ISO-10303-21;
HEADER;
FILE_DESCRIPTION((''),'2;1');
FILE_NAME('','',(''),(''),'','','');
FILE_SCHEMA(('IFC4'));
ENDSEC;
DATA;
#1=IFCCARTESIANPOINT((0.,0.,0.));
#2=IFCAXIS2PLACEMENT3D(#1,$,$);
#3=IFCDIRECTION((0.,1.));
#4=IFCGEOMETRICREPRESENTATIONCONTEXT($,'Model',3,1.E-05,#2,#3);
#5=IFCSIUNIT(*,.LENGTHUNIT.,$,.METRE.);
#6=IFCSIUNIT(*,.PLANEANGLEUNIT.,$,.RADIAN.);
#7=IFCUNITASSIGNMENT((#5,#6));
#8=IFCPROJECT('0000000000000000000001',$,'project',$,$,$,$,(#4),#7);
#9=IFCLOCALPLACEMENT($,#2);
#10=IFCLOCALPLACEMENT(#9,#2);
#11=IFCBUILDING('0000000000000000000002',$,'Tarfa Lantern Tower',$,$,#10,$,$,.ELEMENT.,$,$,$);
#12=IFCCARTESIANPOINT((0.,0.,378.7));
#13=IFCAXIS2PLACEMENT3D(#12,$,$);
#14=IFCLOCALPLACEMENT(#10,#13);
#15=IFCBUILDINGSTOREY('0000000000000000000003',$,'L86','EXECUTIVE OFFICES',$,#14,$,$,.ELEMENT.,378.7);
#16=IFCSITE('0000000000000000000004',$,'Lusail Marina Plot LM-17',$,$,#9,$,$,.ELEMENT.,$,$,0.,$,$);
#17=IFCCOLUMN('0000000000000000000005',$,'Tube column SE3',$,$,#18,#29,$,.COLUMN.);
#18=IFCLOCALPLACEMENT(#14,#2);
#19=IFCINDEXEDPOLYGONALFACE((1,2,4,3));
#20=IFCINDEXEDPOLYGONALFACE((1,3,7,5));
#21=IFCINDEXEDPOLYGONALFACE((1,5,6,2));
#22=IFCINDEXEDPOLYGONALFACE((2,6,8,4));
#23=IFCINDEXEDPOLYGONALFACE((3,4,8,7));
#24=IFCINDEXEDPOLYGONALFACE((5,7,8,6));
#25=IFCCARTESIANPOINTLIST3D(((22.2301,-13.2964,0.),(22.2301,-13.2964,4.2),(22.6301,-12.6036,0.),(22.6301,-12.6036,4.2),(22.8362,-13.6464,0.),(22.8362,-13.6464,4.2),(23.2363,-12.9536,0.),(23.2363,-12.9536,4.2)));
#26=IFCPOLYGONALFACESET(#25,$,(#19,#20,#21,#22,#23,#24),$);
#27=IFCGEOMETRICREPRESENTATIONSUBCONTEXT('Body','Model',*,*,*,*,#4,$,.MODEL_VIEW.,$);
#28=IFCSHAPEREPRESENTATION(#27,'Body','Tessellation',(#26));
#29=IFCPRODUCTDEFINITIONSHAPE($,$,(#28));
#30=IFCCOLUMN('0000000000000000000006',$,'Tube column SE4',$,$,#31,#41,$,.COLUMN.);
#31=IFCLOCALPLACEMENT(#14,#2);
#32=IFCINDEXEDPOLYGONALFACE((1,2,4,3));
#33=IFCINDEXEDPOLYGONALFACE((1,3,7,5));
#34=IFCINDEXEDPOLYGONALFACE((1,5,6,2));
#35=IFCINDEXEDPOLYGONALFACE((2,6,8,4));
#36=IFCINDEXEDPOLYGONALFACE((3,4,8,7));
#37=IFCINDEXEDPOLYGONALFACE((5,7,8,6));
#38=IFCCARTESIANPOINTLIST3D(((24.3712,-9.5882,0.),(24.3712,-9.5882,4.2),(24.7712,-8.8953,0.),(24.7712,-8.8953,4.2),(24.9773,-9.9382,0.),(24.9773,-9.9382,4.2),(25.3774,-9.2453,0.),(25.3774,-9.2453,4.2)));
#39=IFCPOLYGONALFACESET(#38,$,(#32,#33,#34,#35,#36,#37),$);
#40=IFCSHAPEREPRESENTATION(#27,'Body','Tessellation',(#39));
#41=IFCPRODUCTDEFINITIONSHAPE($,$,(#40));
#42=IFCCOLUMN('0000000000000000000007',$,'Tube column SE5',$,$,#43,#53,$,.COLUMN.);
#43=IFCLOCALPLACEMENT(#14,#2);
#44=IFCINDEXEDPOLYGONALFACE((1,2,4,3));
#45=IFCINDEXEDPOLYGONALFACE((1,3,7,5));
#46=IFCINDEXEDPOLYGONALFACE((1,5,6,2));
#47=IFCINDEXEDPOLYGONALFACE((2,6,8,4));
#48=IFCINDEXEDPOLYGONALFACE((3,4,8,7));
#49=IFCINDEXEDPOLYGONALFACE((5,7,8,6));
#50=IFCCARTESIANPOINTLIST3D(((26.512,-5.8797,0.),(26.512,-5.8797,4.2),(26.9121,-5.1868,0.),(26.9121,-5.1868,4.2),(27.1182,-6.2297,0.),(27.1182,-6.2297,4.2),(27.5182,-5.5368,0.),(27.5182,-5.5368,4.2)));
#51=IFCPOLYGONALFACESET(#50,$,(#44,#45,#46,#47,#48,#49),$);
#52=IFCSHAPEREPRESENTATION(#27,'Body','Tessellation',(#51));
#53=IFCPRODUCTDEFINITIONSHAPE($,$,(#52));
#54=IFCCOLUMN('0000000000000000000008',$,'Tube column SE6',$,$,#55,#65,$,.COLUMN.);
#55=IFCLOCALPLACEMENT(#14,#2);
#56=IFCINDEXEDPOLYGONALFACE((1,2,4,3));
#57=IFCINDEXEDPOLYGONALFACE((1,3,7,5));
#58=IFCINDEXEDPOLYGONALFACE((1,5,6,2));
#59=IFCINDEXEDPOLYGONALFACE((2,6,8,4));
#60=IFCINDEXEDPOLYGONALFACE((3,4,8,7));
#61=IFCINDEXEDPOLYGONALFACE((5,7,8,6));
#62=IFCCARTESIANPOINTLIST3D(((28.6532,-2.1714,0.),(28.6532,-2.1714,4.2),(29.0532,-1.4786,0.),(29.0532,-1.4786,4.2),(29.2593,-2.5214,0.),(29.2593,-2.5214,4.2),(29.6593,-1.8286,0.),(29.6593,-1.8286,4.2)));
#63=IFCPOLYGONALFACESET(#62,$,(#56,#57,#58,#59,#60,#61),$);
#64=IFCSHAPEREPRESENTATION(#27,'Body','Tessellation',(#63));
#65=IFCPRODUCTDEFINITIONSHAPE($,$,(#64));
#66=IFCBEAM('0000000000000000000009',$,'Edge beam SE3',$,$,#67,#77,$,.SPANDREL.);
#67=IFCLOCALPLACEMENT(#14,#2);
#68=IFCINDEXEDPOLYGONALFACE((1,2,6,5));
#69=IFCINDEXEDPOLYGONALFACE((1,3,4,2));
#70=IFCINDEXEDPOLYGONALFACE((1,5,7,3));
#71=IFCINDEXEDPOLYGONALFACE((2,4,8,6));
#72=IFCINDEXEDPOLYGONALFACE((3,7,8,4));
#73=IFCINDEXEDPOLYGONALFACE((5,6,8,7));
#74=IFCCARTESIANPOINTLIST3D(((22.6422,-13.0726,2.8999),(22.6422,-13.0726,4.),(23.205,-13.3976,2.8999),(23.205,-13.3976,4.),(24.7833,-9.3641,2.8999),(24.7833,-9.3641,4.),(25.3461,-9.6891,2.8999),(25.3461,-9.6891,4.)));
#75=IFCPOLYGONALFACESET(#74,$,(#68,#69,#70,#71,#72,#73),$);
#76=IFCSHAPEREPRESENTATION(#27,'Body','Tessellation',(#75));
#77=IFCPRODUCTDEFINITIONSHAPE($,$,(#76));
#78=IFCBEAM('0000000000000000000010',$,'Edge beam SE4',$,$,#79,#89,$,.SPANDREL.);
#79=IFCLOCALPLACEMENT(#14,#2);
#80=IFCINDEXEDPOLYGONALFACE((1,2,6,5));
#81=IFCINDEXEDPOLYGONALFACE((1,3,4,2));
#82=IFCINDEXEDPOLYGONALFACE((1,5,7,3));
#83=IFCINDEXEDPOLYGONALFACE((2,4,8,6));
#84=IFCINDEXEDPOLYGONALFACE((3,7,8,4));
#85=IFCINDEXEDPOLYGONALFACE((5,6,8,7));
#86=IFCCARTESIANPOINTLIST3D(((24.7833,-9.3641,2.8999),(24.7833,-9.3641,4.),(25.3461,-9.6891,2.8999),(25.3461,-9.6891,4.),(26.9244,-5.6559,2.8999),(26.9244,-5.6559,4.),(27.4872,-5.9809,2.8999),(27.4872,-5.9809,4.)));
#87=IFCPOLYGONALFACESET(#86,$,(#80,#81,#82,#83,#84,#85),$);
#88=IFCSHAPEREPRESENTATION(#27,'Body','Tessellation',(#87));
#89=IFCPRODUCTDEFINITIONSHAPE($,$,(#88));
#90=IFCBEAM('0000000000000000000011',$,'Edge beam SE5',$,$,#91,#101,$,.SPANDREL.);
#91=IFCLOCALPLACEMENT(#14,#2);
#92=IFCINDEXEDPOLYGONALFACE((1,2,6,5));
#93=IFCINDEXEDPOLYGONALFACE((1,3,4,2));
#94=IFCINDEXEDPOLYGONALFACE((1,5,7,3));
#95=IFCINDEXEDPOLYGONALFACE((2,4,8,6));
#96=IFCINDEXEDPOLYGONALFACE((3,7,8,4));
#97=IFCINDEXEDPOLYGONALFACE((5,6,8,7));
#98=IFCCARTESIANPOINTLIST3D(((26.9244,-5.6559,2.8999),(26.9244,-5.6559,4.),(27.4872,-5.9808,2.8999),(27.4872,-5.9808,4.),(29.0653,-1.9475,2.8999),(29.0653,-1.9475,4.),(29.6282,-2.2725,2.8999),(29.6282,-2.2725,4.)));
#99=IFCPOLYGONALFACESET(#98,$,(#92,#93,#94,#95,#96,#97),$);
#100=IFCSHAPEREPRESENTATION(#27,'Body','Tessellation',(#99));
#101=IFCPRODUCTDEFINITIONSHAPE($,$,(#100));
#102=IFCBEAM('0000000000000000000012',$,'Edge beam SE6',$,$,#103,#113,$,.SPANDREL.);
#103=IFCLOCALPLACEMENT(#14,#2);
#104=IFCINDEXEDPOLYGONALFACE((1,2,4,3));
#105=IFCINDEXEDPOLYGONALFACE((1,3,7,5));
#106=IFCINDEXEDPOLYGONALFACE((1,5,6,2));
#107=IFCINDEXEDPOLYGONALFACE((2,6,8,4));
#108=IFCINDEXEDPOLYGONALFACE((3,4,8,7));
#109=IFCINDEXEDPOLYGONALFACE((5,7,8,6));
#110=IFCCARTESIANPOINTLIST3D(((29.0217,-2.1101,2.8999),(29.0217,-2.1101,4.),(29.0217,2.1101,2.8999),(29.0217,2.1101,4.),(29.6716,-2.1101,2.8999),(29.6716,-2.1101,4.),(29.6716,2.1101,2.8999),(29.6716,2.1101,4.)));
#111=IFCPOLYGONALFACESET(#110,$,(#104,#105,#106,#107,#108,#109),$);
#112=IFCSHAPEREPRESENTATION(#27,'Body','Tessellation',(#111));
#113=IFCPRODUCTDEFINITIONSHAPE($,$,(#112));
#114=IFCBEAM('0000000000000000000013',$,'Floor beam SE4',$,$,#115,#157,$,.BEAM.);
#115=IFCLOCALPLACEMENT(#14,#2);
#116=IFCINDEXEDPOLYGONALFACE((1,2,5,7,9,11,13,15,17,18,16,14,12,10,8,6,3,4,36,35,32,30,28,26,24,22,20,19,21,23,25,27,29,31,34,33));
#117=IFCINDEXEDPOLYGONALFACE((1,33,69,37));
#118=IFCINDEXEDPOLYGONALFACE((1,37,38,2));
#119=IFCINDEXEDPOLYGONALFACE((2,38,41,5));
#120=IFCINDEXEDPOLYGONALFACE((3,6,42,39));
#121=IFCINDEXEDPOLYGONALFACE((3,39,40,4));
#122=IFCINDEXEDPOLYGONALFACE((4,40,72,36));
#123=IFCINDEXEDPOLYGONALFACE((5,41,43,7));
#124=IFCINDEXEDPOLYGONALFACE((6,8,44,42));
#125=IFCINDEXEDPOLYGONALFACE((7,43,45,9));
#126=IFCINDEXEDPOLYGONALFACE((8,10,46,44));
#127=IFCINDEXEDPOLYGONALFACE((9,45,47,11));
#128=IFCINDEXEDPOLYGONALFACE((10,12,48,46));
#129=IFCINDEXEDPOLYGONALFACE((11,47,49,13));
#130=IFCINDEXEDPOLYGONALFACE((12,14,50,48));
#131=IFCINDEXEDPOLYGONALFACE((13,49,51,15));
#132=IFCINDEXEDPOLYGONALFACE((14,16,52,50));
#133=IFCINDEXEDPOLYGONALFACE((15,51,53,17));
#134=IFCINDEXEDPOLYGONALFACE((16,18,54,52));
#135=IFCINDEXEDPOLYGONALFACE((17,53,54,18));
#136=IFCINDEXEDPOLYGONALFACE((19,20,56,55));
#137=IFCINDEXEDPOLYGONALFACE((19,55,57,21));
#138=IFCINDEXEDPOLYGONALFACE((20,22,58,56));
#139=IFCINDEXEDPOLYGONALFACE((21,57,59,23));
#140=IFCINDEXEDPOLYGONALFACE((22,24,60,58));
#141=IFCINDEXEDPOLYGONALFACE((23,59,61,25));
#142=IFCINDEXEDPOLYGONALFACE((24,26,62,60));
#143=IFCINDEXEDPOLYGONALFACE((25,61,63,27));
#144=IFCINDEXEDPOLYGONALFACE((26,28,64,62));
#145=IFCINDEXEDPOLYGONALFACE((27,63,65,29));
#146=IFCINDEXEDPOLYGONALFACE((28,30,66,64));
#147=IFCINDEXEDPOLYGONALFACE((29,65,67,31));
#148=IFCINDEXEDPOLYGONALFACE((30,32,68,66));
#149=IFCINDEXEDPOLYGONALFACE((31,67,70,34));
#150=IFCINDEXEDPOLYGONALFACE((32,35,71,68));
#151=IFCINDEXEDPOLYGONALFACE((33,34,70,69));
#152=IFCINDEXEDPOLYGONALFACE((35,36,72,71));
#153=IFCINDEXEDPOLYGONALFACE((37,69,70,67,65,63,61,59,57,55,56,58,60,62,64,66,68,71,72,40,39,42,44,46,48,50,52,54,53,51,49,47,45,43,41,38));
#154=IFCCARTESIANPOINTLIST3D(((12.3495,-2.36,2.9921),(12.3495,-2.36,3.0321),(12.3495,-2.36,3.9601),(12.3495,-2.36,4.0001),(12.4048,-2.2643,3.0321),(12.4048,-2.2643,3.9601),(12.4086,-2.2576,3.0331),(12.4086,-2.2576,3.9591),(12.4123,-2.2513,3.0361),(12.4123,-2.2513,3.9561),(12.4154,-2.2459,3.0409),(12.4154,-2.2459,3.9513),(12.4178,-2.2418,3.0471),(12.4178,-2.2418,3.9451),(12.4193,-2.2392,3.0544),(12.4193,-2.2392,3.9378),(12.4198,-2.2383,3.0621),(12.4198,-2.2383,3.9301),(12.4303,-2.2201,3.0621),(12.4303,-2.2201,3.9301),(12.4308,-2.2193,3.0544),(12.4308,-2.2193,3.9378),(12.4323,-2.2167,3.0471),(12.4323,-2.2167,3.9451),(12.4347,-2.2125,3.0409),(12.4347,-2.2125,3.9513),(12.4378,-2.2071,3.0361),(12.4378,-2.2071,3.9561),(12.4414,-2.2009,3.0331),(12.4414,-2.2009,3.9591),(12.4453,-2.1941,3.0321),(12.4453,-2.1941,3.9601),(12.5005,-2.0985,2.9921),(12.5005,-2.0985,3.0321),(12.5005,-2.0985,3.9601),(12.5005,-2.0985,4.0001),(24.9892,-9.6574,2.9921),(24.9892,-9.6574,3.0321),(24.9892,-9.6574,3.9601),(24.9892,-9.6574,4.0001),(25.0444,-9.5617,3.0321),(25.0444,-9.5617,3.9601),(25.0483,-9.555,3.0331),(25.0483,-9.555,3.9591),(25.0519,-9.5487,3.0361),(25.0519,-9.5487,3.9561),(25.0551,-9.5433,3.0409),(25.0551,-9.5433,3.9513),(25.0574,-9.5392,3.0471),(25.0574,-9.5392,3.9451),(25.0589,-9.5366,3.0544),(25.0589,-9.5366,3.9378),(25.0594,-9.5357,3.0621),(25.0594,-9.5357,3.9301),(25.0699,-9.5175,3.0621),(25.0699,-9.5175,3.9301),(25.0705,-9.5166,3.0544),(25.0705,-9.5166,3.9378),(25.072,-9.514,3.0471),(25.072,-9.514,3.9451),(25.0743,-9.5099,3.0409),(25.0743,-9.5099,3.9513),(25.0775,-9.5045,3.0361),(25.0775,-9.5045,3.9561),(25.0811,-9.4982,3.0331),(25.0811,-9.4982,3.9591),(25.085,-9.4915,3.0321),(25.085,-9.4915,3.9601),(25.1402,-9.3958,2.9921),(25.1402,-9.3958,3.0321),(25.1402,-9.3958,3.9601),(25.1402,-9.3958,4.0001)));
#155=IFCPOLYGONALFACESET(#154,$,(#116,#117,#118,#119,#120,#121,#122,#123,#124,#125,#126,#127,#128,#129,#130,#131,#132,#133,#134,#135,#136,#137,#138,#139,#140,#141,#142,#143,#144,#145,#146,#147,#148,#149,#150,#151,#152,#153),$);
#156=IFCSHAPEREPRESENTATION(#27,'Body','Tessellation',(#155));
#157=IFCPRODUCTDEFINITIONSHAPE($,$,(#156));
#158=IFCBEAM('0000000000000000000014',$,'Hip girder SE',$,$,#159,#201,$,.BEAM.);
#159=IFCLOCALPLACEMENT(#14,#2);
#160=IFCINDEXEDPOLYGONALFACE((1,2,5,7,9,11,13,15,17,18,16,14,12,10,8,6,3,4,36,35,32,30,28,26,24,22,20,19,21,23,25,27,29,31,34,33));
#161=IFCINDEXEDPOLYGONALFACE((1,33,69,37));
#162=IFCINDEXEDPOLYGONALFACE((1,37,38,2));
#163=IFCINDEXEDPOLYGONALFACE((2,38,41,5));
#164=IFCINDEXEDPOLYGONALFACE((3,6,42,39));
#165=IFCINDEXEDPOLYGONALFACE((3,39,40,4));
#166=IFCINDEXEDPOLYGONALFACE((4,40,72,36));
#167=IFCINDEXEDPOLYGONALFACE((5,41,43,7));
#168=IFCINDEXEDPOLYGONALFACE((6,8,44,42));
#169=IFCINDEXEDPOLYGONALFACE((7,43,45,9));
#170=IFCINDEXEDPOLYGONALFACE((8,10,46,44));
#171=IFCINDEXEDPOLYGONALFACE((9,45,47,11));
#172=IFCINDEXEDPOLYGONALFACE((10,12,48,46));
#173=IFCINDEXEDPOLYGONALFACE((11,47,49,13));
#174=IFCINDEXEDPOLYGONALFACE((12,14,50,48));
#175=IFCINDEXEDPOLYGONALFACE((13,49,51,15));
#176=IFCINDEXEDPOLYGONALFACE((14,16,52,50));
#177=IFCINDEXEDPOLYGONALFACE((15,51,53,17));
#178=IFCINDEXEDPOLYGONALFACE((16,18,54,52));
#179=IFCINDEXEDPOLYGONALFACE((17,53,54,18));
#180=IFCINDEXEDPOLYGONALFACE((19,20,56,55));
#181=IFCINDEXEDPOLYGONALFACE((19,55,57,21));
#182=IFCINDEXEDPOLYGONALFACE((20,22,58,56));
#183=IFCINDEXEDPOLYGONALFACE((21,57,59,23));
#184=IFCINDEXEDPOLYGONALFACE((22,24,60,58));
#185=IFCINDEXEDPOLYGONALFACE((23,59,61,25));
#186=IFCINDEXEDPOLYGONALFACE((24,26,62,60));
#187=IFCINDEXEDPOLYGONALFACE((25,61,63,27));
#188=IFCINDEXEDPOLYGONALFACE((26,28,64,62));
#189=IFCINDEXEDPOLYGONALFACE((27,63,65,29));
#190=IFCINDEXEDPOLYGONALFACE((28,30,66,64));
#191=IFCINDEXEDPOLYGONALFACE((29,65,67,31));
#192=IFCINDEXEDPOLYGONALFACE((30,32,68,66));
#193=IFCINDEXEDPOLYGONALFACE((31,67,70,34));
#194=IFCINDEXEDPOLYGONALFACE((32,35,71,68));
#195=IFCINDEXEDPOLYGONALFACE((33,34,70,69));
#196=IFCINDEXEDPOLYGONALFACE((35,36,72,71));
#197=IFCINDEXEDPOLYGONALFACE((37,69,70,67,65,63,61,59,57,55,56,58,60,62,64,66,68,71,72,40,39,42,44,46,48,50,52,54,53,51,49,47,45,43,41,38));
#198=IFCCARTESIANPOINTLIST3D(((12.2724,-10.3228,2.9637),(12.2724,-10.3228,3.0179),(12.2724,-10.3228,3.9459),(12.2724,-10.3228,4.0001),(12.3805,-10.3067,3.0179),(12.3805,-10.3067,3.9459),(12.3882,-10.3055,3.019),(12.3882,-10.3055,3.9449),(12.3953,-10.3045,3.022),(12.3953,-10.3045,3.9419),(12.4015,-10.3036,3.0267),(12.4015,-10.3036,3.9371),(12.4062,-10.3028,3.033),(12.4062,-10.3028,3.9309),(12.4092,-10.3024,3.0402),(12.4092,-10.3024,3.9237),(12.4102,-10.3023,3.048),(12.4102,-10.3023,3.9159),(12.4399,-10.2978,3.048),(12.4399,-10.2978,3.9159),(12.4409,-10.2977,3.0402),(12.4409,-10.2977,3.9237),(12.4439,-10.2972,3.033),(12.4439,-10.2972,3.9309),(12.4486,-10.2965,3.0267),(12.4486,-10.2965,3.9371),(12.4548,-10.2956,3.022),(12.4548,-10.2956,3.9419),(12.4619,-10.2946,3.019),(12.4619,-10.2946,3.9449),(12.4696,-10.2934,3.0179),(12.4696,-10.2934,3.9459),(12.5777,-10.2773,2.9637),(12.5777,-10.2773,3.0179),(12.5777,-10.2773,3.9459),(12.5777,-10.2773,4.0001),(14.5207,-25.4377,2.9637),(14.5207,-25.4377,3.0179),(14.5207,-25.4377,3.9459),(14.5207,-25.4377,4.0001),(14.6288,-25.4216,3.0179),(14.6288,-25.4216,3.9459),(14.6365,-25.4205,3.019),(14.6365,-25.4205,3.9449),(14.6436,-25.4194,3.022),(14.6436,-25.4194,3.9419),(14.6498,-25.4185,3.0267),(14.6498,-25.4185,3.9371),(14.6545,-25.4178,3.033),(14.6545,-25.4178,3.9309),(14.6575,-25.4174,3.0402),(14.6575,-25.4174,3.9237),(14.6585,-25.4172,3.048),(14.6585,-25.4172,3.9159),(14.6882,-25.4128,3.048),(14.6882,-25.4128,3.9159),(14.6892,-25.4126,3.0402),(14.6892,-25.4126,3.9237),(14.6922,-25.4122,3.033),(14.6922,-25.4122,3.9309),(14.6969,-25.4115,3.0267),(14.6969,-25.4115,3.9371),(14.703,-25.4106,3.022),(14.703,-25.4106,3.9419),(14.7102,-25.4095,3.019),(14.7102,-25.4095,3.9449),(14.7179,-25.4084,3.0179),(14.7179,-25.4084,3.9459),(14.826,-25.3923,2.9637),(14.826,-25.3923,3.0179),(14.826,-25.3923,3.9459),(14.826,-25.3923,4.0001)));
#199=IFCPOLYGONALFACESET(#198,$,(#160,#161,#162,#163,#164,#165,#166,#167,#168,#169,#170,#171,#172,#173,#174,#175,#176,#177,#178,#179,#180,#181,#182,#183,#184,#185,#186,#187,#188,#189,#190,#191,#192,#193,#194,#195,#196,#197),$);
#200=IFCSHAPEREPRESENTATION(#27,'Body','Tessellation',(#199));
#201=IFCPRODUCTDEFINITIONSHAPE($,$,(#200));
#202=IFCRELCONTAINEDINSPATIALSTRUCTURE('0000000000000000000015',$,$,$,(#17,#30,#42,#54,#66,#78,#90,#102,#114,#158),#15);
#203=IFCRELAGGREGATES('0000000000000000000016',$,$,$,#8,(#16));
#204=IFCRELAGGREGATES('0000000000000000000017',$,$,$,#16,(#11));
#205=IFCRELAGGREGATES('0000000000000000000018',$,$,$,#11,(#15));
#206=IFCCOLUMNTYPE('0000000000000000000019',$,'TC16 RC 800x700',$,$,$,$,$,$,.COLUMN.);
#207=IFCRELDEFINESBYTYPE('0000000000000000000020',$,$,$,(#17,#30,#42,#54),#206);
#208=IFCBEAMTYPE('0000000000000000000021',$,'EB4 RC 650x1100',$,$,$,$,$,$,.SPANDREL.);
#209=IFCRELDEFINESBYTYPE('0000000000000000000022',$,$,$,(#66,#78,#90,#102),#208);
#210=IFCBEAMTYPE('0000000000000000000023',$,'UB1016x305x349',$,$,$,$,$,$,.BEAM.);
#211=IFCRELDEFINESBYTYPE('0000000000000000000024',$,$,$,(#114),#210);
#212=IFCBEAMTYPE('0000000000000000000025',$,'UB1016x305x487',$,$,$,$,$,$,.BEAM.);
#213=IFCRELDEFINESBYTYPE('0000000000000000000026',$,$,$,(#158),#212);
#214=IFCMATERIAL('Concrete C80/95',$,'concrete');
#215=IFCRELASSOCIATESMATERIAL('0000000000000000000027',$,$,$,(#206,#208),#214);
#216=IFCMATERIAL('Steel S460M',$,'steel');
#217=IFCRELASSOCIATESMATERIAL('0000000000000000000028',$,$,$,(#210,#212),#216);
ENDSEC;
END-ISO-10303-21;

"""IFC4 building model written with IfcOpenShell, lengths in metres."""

from ifc_helpers import new_model, si_unit, direction, frame, origin, origin_2d, place, context, subcontext, project, spatial, rectangle, i_section, extrude, material, material_profile, profile_set, type_object, element, save


model = new_model("IFC4")

# Units and contexts
model_context = context("Model", 3, precision=1e-05, world=origin(), true_north=direction((0.0, 1.0)))
body_context = subcontext(model_context, "Body", "Model", "MODEL_VIEW")
ifc_project = project(units=[si_unit("LENGTHUNIT", "METRE"), si_unit("PLANEANGLEUNIT", "RADIAN")], contexts=[model_context])

# Site, building, storey
site_placement = place(None, origin())
site = spatial("IfcSite", under=ifc_project, at=site_placement, Name="Lusail Marina Plot LM-17", CompositionType="ELEMENT", RefElevation=0.0)
building_placement = place(site_placement, origin())
building = spatial("IfcBuilding", under=site, at=building_placement, Name="Tarfa Lantern Tower", CompositionType="ELEMENT")
storey_placement = place(building_placement, frame((0.0, 0.0, 378.7)))
storey = spatial("IfcBuildingStorey", under=building, at=storey_placement, Name="L86", Description="EXECUTIVE OFFICES", CompositionType="ELEMENT", Elevation=378.7)

# Columns
ifc_material_1 = material(Name="Concrete C80/95", Category="concrete")
ifc_material_profile_1 = material_profile(ifc_material_1, rectangle(XDim=0.8, YDim=0.7, at=origin_2d()), Name="RC 800x700")
ifc_profile_set_1 = profile_set([ifc_material_profile_1], Name="Concrete C80/95")
column_type = type_object("IfcColumnType", Name="TC16 RC 800x700", PredefinedType="COLUMN", material=ifc_profile_set_1)
for number, where, z_axis, x_axis, name in (
    (1, (22.7332, -13.125, 0.0), (0.0, 0.0, 1.0), (0.5, 0.866025, 0.0), "Tube column SE3"),
    (2, (24.8743, -9.4167, 0.0), (0.0, 0.0, 1.0), (0.5, 0.866025, 0.0), "Tube column SE4"),
    (3, (27.0151, -5.7083, 0.0), (0.0, 0.0, 1.0), (0.5, 0.866025, 0.0), "Tube column SE5"),
    (4, (29.1562, -2.0, 0.0), (0.0, 0.0, 1.0), (0.5, 0.866025, 0.0), "Tube column SE6"),
):
    element("IfcColumn", number, at=place(storey_placement, frame(where, z_axis=z_axis, x_axis=x_axis)), inside=storey, type_object=column_type, Name=name, PredefinedType="COLUMN", context=body_context, shape_type="SweptSolid", body=[
        extrude(rectangle(XDim=0.8, YDim=0.7, at=origin_2d()), origin(), (0.0, 0.0, 1.0), 4.2),
    ])

# Beams
ifc_material_profile_2 = material_profile(ifc_material_1, rectangle(XDim=0.6499, YDim=1.1001, at=origin_2d()), Name="RC 650x1100")
ifc_profile_set_2 = profile_set([ifc_material_profile_2], Name="Concrete C80/95")
beam_type_1 = type_object("IfcBeamType", Name="EB4 RC 650x1100", PredefinedType="SPANDREL", material=ifc_profile_set_2)
beam_1_placement = place(storey_placement, frame((22.9236, -13.2351, 3.45), z_axis=(0.500002, 0.866024, 0.0), x_axis=(-0.866024, 0.500002, 0.0)))
element("IfcBeam", 5, at=beam_1_placement, inside=storey, type_object=beam_type_1, Name="Edge beam SE3", PredefinedType="SPANDREL", context=body_context, shape_type="SweptSolid", body=[
    extrude(rectangle(XDim=0.6499, YDim=1.1001, at=origin_2d()), origin(), (0.0, 0.0, 1.0), 4.2822),
])
for number, where, z_axis, x_axis, name in (
    (6, (25.0647, -9.5266, 3.45), (0.500027, 0.86601, 0.0), (-0.86601, 0.500027, 0.0), "Edge beam SE4"),
    (7, (27.2058, -5.8184, 3.45), (0.499984, 0.866035, 0.0), (-0.866035, 0.499984, 0.0), "Edge beam SE5"),
):
    element("IfcBeam", number, at=place(storey_placement, frame(where, z_axis=z_axis, x_axis=x_axis)), inside=storey, type_object=beam_type_1, Name=name, PredefinedType="SPANDREL", context=body_context, shape_type="SweptSolid", body=[
        extrude(rectangle(XDim=0.6499, YDim=1.1001, at=origin_2d()), origin(), (0.0, 0.0, 1.0), 4.282),
    ])
beam_2_placement = place(storey_placement, frame((29.3467, -2.1101, 3.45), z_axis=(0.0, 1.0, 0.0), x_axis=(-1.0, 0.0, 0.0)))
element("IfcBeam", 8, at=beam_2_placement, inside=storey, type_object=beam_type_1, Name="Edge beam SE6", PredefinedType="SPANDREL", context=body_context, shape_type="SweptSolid", body=[
    extrude(rectangle(XDim=0.6499, YDim=1.1001, at=origin_2d()), origin(), (0.0, 0.0, 1.0), 4.2202),
])
ifc_material_2 = material(Name="Steel S460M", Category="steel")
ifc_material_profile_3 = material_profile(ifc_material_2, i_section(OverallWidth=0.302, OverallDepth=1.0081, WebThickness=0.021, FlangeThickness=0.04, FilletRadius=0.03, at=origin_2d()), Name="UB1016x305x349")
ifc_profile_set_3 = profile_set([ifc_material_profile_3], Name="Steel S460M")
beam_type_2 = type_object("IfcBeamType", Name="UB1016x305x349", PredefinedType="BEAM", material=ifc_profile_set_3)
beam_3_placement = place(storey_placement, frame((25.0647, -9.5266, 3.4961), z_axis=(-0.86603, 0.499993, 0.0), x_axis=(-0.499993, -0.86603, 0.0)))
element("IfcBeam", 9, at=beam_3_placement, inside=storey, type_object=beam_type_2, Name="Floor beam SE4", PredefinedType="BEAM", context=body_context, shape_type="SweptSolid", body=[
    extrude(i_section(OverallWidth=0.302, OverallDepth=1.0081, WebThickness=0.021, FlangeThickness=0.04, FilletRadius=0.03, at=origin_2d()), origin(), (0.0, 0.0, 1.0), 14.595),
])
ifc_material_profile_4 = material_profile(ifc_material_2, i_section(OverallWidth=0.3086, OverallDepth=1.0364, WebThickness=0.03, FlangeThickness=0.0542, FilletRadius=0.03, at=origin_2d()), Name="UB1016x305x487")
ifc_profile_set_4 = profile_set([ifc_material_profile_4], Name="Steel S460M")
beam_type_3 = type_object("IfcBeamType", Name="UB1016x305x487", PredefinedType="BEAM", material=ifc_profile_set_4)
beam_4_placement = place(storey_placement, frame((12.425, -10.3, 3.4819), z_axis=(0.147127, -0.989118, 0.0), x_axis=(0.989118, 0.147127, 0.0)))
element("IfcBeam", 10, at=beam_4_placement, inside=storey, type_object=beam_type_3, Name="Hip girder SE", PredefinedType="BEAM", context=body_context, shape_type="SweptSolid", body=[
    extrude(i_section(OverallWidth=0.3086, OverallDepth=1.0364, WebThickness=0.03, FlangeThickness=0.0542, FilletRadius=0.03, at=origin_2d()), origin(), (0.0, 0.0, 1.0), 15.2812),
])

save(model, "model.ifc")
